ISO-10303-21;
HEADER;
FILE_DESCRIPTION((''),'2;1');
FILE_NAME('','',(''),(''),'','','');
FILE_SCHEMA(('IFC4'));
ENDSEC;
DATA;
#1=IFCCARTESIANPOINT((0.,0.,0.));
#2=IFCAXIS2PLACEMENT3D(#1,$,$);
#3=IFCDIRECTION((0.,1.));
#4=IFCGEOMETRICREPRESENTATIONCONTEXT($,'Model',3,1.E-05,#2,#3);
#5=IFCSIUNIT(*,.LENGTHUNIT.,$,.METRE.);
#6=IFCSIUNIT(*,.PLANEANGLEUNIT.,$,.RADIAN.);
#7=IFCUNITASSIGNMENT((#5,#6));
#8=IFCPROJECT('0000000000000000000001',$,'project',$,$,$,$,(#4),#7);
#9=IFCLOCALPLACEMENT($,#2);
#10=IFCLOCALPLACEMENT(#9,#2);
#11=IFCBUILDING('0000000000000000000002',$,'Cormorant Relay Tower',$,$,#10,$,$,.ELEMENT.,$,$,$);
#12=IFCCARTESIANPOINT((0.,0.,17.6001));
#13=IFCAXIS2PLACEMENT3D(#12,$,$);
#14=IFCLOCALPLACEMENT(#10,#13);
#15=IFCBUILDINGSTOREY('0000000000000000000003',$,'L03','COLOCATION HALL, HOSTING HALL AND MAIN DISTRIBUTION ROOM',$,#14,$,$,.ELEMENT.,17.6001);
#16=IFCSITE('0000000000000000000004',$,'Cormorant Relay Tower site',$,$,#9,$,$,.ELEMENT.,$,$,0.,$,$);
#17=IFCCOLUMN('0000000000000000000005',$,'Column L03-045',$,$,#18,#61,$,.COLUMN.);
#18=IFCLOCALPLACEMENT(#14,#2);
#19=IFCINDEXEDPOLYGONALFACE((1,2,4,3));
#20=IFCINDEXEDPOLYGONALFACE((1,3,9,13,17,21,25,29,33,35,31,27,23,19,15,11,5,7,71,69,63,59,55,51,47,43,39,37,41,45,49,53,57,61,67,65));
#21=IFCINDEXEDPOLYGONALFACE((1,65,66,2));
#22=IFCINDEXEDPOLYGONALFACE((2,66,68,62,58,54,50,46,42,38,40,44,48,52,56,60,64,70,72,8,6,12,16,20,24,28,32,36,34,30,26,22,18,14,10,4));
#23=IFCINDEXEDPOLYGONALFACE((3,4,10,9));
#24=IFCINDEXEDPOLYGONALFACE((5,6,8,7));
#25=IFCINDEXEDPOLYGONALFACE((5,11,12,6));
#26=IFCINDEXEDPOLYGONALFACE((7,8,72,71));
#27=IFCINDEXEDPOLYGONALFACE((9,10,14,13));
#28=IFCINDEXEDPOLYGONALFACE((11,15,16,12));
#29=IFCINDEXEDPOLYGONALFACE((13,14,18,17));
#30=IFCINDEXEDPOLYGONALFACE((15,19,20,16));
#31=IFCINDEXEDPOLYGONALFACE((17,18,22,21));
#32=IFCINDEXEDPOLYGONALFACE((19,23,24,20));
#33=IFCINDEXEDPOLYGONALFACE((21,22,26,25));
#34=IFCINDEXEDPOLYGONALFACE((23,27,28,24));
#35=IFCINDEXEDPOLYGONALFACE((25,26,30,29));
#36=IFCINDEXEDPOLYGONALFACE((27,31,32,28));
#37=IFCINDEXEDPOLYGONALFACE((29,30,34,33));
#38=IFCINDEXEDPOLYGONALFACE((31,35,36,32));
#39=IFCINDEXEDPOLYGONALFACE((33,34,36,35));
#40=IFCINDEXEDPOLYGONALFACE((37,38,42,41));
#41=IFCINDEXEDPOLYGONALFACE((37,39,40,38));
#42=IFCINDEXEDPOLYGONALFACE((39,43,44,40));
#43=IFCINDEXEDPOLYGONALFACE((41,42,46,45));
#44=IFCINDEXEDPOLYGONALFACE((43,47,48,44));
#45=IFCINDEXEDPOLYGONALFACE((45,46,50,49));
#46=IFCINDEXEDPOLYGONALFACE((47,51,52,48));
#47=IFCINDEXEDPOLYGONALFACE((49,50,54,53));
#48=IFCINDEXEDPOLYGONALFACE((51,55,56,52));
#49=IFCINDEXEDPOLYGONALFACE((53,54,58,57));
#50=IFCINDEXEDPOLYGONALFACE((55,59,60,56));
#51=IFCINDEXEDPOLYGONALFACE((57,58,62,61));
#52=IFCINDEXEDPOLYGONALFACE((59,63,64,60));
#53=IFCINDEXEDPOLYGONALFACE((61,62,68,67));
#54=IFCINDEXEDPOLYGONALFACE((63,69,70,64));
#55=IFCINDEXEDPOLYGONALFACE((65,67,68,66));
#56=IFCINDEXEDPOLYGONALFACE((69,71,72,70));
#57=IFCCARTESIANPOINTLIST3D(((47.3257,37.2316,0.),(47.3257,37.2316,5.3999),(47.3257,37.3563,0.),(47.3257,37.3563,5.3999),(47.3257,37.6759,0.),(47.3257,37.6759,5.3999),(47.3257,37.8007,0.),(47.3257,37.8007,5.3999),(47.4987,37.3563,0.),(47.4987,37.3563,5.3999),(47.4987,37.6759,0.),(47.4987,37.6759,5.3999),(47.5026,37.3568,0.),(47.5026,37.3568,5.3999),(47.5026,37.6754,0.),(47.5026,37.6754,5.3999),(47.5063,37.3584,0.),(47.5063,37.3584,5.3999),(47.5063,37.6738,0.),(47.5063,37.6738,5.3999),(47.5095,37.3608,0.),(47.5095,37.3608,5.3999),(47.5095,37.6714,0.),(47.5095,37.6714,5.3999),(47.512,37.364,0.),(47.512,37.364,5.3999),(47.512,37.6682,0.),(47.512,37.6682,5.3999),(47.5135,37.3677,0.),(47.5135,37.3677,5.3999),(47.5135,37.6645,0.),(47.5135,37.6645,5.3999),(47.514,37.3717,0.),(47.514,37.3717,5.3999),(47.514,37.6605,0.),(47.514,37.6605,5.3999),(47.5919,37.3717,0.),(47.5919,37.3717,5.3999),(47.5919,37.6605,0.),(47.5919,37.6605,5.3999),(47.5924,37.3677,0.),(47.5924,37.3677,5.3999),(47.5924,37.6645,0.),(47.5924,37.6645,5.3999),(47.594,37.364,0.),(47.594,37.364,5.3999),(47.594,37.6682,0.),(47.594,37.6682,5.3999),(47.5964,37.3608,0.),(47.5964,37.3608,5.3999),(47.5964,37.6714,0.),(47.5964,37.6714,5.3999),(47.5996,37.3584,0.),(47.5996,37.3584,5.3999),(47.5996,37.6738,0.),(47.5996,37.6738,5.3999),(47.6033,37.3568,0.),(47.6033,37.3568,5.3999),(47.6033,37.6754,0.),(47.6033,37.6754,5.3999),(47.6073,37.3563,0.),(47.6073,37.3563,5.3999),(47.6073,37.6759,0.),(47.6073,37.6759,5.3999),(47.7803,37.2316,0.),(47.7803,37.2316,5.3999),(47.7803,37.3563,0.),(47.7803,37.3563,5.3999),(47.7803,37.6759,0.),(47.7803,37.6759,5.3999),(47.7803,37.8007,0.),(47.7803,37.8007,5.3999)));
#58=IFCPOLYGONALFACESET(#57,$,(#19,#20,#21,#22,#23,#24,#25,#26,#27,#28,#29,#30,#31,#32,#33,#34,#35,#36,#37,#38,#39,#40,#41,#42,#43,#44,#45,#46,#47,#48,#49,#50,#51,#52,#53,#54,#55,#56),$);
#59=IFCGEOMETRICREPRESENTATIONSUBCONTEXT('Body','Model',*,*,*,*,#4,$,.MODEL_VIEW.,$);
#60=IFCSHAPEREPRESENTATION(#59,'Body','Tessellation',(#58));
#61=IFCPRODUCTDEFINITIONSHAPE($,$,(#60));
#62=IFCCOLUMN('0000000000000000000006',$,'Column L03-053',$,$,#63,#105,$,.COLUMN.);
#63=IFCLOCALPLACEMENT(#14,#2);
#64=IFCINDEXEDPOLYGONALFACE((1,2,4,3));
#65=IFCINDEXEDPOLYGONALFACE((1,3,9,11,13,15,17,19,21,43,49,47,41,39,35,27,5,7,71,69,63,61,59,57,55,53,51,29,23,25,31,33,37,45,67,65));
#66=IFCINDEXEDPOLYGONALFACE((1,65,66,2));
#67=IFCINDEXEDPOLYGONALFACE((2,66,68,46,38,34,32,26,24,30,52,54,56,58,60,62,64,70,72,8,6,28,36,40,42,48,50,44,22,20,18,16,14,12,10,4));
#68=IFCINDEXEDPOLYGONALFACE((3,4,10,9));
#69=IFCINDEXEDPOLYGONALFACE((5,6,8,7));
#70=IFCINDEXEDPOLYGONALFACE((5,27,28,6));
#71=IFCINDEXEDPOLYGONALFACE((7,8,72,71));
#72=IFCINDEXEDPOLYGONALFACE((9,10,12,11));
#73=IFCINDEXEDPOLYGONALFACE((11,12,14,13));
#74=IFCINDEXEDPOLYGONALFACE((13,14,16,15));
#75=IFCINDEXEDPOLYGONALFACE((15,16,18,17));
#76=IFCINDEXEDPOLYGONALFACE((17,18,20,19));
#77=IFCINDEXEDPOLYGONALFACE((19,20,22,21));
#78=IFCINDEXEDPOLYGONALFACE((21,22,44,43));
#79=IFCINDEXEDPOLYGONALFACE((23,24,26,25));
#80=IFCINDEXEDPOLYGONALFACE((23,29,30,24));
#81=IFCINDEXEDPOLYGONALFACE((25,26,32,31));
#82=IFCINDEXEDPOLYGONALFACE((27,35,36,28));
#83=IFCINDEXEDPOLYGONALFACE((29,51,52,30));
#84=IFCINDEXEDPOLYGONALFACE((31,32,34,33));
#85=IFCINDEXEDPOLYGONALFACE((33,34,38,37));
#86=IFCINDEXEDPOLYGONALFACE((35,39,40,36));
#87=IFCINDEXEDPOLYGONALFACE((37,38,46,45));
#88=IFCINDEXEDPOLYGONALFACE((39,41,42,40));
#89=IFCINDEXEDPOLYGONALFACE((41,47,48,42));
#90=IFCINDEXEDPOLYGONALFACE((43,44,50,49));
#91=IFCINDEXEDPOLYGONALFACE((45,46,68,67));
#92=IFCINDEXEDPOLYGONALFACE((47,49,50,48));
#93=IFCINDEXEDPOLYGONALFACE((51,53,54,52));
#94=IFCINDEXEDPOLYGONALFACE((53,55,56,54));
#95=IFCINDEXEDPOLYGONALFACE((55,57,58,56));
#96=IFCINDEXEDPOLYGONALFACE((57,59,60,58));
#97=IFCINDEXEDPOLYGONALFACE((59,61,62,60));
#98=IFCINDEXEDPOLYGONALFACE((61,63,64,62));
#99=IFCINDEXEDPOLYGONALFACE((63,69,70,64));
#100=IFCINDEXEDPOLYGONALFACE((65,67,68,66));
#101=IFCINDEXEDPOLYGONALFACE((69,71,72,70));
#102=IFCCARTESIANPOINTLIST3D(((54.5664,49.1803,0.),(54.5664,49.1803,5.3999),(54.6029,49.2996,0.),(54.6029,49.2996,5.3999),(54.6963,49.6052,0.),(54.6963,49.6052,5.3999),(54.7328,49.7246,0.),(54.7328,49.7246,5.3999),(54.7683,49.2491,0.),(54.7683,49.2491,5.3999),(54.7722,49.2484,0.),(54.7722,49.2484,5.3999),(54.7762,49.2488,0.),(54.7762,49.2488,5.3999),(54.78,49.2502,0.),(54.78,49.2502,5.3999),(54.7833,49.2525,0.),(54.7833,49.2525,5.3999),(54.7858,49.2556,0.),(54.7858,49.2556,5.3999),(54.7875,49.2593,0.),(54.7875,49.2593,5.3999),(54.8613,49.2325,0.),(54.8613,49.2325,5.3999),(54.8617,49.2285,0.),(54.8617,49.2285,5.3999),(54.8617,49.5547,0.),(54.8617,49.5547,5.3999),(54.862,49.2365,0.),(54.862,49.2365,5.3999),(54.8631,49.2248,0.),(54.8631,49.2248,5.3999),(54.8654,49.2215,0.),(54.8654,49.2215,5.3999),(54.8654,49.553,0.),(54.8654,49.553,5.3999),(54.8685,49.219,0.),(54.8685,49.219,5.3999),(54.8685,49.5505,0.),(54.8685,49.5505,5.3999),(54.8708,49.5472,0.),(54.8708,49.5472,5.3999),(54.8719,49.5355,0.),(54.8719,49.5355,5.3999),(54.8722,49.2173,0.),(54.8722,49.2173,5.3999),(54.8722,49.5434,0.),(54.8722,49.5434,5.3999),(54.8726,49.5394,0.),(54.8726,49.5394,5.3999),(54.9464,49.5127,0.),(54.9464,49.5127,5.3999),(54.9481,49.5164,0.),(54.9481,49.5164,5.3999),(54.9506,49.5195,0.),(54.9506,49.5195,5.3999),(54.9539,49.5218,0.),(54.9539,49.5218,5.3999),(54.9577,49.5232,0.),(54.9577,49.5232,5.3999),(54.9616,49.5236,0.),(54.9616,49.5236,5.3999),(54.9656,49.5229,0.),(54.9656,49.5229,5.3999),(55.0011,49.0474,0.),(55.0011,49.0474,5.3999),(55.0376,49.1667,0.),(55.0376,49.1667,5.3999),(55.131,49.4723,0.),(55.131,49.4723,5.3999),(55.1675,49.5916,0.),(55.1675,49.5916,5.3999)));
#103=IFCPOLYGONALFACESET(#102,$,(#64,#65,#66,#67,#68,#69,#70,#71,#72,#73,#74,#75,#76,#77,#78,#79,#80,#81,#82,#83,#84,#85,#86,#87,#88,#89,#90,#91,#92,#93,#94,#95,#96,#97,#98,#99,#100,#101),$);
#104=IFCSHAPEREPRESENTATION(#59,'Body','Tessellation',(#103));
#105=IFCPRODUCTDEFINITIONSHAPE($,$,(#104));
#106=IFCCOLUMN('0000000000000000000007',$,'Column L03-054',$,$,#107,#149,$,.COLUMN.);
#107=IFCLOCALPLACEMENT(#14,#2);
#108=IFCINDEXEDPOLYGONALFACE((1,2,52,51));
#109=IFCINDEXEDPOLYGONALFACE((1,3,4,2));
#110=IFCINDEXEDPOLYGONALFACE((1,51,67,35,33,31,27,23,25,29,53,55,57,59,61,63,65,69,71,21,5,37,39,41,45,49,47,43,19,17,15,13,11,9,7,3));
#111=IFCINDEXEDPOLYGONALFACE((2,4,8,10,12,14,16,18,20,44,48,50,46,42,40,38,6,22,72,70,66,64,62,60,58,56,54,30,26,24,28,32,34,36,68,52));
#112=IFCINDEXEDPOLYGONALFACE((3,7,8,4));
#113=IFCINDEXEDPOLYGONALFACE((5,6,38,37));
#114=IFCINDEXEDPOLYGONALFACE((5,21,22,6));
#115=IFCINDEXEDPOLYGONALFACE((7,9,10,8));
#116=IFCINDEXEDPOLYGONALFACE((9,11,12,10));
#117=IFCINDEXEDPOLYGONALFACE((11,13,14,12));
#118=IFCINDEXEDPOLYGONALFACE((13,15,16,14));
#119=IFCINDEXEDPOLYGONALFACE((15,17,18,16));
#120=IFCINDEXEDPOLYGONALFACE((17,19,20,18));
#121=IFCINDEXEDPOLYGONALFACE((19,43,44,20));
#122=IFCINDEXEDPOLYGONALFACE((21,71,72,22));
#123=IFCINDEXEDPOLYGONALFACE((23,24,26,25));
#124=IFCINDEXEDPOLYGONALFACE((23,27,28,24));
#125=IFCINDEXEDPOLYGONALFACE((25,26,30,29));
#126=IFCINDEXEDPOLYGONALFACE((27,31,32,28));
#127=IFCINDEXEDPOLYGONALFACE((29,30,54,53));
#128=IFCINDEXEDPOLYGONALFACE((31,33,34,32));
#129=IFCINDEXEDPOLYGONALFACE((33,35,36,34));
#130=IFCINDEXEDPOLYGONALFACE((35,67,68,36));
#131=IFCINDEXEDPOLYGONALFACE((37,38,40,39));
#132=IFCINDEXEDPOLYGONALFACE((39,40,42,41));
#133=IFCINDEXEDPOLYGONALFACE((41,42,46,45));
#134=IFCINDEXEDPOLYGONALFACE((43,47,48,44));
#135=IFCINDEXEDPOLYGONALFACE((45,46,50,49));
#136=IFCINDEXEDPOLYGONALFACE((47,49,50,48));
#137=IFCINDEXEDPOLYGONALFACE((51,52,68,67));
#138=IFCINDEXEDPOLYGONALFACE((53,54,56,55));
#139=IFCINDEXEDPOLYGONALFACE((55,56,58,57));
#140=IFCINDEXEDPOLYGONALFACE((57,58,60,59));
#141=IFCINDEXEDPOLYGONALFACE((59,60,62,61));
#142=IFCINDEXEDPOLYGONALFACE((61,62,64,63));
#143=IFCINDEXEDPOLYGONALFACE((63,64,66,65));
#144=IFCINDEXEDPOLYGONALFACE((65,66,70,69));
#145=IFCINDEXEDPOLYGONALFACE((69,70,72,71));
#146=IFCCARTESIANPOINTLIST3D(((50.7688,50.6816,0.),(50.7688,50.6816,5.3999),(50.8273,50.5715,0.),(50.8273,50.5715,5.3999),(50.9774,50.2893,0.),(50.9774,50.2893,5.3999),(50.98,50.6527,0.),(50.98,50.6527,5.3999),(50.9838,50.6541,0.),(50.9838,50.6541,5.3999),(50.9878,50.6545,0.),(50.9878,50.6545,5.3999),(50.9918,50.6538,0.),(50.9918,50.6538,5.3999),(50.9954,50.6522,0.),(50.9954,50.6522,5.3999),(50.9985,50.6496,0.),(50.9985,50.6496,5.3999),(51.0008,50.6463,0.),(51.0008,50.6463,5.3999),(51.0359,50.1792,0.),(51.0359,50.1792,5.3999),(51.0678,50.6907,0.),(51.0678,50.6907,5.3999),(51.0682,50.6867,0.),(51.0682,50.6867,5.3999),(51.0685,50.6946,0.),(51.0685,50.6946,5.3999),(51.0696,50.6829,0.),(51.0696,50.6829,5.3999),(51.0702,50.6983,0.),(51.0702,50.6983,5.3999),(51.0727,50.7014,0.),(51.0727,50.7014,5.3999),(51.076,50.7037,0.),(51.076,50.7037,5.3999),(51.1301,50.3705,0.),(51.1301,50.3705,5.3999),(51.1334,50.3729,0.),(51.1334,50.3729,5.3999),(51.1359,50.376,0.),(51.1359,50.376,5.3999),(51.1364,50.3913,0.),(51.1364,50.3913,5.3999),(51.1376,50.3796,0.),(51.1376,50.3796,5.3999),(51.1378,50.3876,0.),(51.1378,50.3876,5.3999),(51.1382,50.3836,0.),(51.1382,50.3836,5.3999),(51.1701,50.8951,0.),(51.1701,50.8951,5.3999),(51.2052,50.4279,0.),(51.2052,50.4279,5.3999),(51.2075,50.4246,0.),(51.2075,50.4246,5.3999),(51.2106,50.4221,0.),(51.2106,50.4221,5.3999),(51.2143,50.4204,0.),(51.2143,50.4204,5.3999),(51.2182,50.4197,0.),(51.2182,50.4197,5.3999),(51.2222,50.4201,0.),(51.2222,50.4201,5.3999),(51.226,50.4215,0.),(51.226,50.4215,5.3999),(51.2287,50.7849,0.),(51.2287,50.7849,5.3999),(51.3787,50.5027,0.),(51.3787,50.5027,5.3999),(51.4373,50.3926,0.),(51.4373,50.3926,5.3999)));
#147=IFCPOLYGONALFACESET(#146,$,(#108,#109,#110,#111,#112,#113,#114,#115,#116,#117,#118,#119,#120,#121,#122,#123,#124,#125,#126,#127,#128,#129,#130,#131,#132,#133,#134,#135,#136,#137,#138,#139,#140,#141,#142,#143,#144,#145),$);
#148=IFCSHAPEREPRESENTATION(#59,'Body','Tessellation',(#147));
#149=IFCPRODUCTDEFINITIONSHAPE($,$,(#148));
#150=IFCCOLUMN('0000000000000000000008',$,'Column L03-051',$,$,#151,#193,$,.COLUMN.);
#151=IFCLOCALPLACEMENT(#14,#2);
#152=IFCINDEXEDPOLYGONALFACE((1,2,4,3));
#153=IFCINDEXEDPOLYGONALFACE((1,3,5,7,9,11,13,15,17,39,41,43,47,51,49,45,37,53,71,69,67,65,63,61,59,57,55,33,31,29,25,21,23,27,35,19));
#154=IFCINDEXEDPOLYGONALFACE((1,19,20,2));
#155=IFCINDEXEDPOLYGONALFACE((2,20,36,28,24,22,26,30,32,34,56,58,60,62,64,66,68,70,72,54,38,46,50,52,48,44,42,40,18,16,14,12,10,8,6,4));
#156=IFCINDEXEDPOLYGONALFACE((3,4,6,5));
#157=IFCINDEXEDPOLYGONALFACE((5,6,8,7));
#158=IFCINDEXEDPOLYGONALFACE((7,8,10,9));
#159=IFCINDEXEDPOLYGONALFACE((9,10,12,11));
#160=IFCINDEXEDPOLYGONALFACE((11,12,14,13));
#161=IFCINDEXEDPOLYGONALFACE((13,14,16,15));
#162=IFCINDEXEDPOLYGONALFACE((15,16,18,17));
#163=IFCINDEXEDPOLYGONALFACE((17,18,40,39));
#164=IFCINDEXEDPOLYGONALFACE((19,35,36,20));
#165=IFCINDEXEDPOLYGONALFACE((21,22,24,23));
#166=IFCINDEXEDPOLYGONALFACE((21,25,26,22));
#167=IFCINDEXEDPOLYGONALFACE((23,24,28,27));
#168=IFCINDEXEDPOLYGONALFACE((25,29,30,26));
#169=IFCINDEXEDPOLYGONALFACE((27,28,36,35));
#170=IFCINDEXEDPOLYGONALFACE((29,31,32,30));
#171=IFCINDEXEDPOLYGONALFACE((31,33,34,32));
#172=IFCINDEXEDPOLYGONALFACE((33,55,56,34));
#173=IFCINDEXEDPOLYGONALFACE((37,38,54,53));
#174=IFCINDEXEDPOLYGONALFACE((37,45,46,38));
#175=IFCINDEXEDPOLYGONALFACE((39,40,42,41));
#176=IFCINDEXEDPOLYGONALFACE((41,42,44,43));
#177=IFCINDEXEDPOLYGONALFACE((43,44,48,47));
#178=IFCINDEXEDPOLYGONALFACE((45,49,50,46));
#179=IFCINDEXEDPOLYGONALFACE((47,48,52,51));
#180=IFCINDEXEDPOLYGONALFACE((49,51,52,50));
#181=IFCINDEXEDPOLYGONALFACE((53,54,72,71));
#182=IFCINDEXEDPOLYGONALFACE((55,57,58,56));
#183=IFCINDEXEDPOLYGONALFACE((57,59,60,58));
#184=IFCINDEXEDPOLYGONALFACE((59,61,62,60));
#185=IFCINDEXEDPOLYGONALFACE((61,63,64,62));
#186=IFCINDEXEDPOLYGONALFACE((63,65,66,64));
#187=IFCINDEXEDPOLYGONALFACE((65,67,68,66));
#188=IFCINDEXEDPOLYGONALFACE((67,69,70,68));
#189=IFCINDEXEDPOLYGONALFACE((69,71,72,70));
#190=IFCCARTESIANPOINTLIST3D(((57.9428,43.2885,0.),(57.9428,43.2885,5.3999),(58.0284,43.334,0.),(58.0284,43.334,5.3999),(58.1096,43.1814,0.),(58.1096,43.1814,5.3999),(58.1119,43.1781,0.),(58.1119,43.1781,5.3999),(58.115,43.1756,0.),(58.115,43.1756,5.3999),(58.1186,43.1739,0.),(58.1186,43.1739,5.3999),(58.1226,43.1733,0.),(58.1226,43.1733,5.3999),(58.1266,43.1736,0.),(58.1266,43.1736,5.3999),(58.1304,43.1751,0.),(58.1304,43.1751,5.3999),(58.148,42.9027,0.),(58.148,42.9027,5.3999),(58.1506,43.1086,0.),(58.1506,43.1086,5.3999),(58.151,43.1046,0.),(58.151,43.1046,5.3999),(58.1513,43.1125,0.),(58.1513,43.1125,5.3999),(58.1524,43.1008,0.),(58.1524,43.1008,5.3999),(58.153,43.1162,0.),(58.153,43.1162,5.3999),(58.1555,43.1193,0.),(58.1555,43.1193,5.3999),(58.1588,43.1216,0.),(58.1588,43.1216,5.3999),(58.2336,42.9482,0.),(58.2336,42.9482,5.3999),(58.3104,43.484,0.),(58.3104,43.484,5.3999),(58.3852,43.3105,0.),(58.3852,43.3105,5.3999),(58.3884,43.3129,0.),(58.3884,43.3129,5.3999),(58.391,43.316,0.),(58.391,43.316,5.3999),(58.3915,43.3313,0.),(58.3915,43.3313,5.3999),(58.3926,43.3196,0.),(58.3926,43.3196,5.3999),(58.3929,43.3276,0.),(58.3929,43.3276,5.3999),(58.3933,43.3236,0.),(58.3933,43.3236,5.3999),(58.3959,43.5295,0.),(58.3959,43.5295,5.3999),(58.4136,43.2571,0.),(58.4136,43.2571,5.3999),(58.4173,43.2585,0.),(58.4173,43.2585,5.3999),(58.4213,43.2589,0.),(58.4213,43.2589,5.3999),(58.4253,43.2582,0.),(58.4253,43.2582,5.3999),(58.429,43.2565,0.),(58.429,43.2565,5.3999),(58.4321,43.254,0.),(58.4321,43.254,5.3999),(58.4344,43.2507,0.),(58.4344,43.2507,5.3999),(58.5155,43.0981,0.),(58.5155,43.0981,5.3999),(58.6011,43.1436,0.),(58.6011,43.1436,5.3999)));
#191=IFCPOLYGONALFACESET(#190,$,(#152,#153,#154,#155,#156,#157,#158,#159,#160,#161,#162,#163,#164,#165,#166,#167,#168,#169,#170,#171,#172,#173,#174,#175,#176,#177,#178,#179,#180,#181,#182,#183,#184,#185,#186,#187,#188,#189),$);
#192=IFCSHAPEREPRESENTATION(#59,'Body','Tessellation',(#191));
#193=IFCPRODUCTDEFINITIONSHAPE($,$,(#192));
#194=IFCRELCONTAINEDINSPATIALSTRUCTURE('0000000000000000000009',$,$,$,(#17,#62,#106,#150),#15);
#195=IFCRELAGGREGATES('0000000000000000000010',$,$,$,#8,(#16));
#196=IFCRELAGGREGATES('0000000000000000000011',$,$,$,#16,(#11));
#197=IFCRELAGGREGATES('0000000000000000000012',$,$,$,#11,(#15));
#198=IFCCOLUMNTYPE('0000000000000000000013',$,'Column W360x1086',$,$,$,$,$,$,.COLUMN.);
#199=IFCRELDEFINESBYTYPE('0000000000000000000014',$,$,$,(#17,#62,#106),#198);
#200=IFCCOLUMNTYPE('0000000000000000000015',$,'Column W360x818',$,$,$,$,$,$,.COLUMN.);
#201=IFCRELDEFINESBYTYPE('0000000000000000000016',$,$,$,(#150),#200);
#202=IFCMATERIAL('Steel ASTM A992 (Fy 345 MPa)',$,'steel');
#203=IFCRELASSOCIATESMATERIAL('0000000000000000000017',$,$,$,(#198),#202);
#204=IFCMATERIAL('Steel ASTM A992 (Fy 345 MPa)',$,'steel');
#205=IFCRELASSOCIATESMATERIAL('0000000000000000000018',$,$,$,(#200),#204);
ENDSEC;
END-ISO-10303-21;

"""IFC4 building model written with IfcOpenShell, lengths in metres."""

from ifc_helpers import new_model, si_unit, direction, frame, origin, origin_2d, place, context, subcontext, project, spatial, i_section, extrude, material, material_profile, profile_set, type_object, element, save


model = new_model("IFC4")

# Units and contexts
model_context = context("Model", 3, precision=1e-05, world=origin(), true_north=direction((0.0, 1.0)))
body_context = subcontext(model_context, "Body", "Model", "MODEL_VIEW")
ifc_project = project(units=[si_unit("LENGTHUNIT", "METRE"), si_unit("PLANEANGLEUNIT", "RADIAN")], contexts=[model_context])

# Site, building, storey
site_placement = place(None, origin())
site = spatial("IfcSite", under=ifc_project, at=site_placement, Name="Cormorant Relay Tower site", CompositionType="ELEMENT", RefElevation=0.0)
building_placement = place(site_placement, origin())
building = spatial("IfcBuilding", under=site, at=building_placement, Name="Cormorant Relay Tower", CompositionType="ELEMENT")
storey_placement = place(building_placement, frame((0.0, 0.0, 17.6001)))
storey = spatial("IfcBuildingStorey", under=building, at=storey_placement, Name="L03", Description="COLOCATION HALL, HOSTING HALL AND MAIN DISTRIBUTION ROOM", CompositionType="ELEMENT", Elevation=17.6001)

# Columns
ifc_material_1 = material(Name="Steel ASTM A992 (Fy 345 MPa)", Category="steel")
ifc_material_profile_1 = material_profile(ifc_material_1, i_section(OverallWidth=0.4546, OverallDepth=0.5691, WebThickness=0.0779, FlangeThickness=0.1248, FilletRadius=0.0154, at=origin_2d()), Name="W360x1086")
ifc_profile_set_1 = profile_set([ifc_material_profile_1], Name="Steel ASTM A992 (Fy 345 MPa)")
column_type_1 = type_object("IfcColumnType", Name="Column W360x1086", PredefinedType="COLUMN", material=ifc_profile_set_1)
for number, where, z_axis, x_axis, name in (
    (1, (47.553, 37.5161, 0.0), (0.0, 0.0, 1.0), (1.0, 0.0, 0.0), "Column L03-045"),
    (2, (54.8669, 49.386, 0.0), (0.0, 0.0, 1.0), (-0.956305, 0.292372, 0.0), "Column L03-053"),
    (3, (51.103, 50.5371, 0.0), (0.0, 0.0, 1.0), (-0.882948, -0.469472, 0.0), "Column L03-054"),
):
    element("IfcColumn", number, at=place(storey_placement, frame(where, z_axis=z_axis, x_axis=x_axis)), inside=storey, type_object=column_type_1, Name=name, PredefinedType="COLUMN", context=body_context, shape_type="SweptSolid", body=[
        extrude(i_section(OverallWidth=0.4546, OverallDepth=0.5691, WebThickness=0.0779, FlangeThickness=0.1248, FilletRadius=0.0154, at=origin_2d()), origin(), (0.0, 0.0, 1.0), 5.3999),
    ])
ifc_material_2 = material(Name="Steel ASTM A992 (Fy 345 MPa)", Category="steel")
ifc_material_profile_2 = material_profile(ifc_material_2, i_section(OverallWidth=0.437, OverallDepth=0.5132, WebThickness=0.0605, FlangeThickness=0.0969, FilletRadius=0.0154, at=origin_2d()), Name="W360x818")
ifc_profile_set_2 = profile_set([ifc_material_profile_2], Name="Steel ASTM A992 (Fy 345 MPa)")
column_type_2 = type_object("IfcColumnType", Name="Column W360x818", PredefinedType="COLUMN", material=ifc_profile_set_2)
column_placement = place(storey_placement, frame((58.272, 43.2161, 0.0), z_axis=(0.0, 0.0, 1.0), x_axis=(-0.469472, 0.882948, 0.0)))
element("IfcColumn", 4, at=column_placement, inside=storey, type_object=column_type_2, Name="Column L03-051", PredefinedType="COLUMN", context=body_context, shape_type="SweptSolid", body=[
    extrude(i_section(OverallWidth=0.437, OverallDepth=0.5132, WebThickness=0.0605, FlangeThickness=0.0969, FilletRadius=0.0154, at=origin_2d()), origin(), (0.0, 0.0, 1.0), 5.3999),
])

save(model, "model.ifc")
